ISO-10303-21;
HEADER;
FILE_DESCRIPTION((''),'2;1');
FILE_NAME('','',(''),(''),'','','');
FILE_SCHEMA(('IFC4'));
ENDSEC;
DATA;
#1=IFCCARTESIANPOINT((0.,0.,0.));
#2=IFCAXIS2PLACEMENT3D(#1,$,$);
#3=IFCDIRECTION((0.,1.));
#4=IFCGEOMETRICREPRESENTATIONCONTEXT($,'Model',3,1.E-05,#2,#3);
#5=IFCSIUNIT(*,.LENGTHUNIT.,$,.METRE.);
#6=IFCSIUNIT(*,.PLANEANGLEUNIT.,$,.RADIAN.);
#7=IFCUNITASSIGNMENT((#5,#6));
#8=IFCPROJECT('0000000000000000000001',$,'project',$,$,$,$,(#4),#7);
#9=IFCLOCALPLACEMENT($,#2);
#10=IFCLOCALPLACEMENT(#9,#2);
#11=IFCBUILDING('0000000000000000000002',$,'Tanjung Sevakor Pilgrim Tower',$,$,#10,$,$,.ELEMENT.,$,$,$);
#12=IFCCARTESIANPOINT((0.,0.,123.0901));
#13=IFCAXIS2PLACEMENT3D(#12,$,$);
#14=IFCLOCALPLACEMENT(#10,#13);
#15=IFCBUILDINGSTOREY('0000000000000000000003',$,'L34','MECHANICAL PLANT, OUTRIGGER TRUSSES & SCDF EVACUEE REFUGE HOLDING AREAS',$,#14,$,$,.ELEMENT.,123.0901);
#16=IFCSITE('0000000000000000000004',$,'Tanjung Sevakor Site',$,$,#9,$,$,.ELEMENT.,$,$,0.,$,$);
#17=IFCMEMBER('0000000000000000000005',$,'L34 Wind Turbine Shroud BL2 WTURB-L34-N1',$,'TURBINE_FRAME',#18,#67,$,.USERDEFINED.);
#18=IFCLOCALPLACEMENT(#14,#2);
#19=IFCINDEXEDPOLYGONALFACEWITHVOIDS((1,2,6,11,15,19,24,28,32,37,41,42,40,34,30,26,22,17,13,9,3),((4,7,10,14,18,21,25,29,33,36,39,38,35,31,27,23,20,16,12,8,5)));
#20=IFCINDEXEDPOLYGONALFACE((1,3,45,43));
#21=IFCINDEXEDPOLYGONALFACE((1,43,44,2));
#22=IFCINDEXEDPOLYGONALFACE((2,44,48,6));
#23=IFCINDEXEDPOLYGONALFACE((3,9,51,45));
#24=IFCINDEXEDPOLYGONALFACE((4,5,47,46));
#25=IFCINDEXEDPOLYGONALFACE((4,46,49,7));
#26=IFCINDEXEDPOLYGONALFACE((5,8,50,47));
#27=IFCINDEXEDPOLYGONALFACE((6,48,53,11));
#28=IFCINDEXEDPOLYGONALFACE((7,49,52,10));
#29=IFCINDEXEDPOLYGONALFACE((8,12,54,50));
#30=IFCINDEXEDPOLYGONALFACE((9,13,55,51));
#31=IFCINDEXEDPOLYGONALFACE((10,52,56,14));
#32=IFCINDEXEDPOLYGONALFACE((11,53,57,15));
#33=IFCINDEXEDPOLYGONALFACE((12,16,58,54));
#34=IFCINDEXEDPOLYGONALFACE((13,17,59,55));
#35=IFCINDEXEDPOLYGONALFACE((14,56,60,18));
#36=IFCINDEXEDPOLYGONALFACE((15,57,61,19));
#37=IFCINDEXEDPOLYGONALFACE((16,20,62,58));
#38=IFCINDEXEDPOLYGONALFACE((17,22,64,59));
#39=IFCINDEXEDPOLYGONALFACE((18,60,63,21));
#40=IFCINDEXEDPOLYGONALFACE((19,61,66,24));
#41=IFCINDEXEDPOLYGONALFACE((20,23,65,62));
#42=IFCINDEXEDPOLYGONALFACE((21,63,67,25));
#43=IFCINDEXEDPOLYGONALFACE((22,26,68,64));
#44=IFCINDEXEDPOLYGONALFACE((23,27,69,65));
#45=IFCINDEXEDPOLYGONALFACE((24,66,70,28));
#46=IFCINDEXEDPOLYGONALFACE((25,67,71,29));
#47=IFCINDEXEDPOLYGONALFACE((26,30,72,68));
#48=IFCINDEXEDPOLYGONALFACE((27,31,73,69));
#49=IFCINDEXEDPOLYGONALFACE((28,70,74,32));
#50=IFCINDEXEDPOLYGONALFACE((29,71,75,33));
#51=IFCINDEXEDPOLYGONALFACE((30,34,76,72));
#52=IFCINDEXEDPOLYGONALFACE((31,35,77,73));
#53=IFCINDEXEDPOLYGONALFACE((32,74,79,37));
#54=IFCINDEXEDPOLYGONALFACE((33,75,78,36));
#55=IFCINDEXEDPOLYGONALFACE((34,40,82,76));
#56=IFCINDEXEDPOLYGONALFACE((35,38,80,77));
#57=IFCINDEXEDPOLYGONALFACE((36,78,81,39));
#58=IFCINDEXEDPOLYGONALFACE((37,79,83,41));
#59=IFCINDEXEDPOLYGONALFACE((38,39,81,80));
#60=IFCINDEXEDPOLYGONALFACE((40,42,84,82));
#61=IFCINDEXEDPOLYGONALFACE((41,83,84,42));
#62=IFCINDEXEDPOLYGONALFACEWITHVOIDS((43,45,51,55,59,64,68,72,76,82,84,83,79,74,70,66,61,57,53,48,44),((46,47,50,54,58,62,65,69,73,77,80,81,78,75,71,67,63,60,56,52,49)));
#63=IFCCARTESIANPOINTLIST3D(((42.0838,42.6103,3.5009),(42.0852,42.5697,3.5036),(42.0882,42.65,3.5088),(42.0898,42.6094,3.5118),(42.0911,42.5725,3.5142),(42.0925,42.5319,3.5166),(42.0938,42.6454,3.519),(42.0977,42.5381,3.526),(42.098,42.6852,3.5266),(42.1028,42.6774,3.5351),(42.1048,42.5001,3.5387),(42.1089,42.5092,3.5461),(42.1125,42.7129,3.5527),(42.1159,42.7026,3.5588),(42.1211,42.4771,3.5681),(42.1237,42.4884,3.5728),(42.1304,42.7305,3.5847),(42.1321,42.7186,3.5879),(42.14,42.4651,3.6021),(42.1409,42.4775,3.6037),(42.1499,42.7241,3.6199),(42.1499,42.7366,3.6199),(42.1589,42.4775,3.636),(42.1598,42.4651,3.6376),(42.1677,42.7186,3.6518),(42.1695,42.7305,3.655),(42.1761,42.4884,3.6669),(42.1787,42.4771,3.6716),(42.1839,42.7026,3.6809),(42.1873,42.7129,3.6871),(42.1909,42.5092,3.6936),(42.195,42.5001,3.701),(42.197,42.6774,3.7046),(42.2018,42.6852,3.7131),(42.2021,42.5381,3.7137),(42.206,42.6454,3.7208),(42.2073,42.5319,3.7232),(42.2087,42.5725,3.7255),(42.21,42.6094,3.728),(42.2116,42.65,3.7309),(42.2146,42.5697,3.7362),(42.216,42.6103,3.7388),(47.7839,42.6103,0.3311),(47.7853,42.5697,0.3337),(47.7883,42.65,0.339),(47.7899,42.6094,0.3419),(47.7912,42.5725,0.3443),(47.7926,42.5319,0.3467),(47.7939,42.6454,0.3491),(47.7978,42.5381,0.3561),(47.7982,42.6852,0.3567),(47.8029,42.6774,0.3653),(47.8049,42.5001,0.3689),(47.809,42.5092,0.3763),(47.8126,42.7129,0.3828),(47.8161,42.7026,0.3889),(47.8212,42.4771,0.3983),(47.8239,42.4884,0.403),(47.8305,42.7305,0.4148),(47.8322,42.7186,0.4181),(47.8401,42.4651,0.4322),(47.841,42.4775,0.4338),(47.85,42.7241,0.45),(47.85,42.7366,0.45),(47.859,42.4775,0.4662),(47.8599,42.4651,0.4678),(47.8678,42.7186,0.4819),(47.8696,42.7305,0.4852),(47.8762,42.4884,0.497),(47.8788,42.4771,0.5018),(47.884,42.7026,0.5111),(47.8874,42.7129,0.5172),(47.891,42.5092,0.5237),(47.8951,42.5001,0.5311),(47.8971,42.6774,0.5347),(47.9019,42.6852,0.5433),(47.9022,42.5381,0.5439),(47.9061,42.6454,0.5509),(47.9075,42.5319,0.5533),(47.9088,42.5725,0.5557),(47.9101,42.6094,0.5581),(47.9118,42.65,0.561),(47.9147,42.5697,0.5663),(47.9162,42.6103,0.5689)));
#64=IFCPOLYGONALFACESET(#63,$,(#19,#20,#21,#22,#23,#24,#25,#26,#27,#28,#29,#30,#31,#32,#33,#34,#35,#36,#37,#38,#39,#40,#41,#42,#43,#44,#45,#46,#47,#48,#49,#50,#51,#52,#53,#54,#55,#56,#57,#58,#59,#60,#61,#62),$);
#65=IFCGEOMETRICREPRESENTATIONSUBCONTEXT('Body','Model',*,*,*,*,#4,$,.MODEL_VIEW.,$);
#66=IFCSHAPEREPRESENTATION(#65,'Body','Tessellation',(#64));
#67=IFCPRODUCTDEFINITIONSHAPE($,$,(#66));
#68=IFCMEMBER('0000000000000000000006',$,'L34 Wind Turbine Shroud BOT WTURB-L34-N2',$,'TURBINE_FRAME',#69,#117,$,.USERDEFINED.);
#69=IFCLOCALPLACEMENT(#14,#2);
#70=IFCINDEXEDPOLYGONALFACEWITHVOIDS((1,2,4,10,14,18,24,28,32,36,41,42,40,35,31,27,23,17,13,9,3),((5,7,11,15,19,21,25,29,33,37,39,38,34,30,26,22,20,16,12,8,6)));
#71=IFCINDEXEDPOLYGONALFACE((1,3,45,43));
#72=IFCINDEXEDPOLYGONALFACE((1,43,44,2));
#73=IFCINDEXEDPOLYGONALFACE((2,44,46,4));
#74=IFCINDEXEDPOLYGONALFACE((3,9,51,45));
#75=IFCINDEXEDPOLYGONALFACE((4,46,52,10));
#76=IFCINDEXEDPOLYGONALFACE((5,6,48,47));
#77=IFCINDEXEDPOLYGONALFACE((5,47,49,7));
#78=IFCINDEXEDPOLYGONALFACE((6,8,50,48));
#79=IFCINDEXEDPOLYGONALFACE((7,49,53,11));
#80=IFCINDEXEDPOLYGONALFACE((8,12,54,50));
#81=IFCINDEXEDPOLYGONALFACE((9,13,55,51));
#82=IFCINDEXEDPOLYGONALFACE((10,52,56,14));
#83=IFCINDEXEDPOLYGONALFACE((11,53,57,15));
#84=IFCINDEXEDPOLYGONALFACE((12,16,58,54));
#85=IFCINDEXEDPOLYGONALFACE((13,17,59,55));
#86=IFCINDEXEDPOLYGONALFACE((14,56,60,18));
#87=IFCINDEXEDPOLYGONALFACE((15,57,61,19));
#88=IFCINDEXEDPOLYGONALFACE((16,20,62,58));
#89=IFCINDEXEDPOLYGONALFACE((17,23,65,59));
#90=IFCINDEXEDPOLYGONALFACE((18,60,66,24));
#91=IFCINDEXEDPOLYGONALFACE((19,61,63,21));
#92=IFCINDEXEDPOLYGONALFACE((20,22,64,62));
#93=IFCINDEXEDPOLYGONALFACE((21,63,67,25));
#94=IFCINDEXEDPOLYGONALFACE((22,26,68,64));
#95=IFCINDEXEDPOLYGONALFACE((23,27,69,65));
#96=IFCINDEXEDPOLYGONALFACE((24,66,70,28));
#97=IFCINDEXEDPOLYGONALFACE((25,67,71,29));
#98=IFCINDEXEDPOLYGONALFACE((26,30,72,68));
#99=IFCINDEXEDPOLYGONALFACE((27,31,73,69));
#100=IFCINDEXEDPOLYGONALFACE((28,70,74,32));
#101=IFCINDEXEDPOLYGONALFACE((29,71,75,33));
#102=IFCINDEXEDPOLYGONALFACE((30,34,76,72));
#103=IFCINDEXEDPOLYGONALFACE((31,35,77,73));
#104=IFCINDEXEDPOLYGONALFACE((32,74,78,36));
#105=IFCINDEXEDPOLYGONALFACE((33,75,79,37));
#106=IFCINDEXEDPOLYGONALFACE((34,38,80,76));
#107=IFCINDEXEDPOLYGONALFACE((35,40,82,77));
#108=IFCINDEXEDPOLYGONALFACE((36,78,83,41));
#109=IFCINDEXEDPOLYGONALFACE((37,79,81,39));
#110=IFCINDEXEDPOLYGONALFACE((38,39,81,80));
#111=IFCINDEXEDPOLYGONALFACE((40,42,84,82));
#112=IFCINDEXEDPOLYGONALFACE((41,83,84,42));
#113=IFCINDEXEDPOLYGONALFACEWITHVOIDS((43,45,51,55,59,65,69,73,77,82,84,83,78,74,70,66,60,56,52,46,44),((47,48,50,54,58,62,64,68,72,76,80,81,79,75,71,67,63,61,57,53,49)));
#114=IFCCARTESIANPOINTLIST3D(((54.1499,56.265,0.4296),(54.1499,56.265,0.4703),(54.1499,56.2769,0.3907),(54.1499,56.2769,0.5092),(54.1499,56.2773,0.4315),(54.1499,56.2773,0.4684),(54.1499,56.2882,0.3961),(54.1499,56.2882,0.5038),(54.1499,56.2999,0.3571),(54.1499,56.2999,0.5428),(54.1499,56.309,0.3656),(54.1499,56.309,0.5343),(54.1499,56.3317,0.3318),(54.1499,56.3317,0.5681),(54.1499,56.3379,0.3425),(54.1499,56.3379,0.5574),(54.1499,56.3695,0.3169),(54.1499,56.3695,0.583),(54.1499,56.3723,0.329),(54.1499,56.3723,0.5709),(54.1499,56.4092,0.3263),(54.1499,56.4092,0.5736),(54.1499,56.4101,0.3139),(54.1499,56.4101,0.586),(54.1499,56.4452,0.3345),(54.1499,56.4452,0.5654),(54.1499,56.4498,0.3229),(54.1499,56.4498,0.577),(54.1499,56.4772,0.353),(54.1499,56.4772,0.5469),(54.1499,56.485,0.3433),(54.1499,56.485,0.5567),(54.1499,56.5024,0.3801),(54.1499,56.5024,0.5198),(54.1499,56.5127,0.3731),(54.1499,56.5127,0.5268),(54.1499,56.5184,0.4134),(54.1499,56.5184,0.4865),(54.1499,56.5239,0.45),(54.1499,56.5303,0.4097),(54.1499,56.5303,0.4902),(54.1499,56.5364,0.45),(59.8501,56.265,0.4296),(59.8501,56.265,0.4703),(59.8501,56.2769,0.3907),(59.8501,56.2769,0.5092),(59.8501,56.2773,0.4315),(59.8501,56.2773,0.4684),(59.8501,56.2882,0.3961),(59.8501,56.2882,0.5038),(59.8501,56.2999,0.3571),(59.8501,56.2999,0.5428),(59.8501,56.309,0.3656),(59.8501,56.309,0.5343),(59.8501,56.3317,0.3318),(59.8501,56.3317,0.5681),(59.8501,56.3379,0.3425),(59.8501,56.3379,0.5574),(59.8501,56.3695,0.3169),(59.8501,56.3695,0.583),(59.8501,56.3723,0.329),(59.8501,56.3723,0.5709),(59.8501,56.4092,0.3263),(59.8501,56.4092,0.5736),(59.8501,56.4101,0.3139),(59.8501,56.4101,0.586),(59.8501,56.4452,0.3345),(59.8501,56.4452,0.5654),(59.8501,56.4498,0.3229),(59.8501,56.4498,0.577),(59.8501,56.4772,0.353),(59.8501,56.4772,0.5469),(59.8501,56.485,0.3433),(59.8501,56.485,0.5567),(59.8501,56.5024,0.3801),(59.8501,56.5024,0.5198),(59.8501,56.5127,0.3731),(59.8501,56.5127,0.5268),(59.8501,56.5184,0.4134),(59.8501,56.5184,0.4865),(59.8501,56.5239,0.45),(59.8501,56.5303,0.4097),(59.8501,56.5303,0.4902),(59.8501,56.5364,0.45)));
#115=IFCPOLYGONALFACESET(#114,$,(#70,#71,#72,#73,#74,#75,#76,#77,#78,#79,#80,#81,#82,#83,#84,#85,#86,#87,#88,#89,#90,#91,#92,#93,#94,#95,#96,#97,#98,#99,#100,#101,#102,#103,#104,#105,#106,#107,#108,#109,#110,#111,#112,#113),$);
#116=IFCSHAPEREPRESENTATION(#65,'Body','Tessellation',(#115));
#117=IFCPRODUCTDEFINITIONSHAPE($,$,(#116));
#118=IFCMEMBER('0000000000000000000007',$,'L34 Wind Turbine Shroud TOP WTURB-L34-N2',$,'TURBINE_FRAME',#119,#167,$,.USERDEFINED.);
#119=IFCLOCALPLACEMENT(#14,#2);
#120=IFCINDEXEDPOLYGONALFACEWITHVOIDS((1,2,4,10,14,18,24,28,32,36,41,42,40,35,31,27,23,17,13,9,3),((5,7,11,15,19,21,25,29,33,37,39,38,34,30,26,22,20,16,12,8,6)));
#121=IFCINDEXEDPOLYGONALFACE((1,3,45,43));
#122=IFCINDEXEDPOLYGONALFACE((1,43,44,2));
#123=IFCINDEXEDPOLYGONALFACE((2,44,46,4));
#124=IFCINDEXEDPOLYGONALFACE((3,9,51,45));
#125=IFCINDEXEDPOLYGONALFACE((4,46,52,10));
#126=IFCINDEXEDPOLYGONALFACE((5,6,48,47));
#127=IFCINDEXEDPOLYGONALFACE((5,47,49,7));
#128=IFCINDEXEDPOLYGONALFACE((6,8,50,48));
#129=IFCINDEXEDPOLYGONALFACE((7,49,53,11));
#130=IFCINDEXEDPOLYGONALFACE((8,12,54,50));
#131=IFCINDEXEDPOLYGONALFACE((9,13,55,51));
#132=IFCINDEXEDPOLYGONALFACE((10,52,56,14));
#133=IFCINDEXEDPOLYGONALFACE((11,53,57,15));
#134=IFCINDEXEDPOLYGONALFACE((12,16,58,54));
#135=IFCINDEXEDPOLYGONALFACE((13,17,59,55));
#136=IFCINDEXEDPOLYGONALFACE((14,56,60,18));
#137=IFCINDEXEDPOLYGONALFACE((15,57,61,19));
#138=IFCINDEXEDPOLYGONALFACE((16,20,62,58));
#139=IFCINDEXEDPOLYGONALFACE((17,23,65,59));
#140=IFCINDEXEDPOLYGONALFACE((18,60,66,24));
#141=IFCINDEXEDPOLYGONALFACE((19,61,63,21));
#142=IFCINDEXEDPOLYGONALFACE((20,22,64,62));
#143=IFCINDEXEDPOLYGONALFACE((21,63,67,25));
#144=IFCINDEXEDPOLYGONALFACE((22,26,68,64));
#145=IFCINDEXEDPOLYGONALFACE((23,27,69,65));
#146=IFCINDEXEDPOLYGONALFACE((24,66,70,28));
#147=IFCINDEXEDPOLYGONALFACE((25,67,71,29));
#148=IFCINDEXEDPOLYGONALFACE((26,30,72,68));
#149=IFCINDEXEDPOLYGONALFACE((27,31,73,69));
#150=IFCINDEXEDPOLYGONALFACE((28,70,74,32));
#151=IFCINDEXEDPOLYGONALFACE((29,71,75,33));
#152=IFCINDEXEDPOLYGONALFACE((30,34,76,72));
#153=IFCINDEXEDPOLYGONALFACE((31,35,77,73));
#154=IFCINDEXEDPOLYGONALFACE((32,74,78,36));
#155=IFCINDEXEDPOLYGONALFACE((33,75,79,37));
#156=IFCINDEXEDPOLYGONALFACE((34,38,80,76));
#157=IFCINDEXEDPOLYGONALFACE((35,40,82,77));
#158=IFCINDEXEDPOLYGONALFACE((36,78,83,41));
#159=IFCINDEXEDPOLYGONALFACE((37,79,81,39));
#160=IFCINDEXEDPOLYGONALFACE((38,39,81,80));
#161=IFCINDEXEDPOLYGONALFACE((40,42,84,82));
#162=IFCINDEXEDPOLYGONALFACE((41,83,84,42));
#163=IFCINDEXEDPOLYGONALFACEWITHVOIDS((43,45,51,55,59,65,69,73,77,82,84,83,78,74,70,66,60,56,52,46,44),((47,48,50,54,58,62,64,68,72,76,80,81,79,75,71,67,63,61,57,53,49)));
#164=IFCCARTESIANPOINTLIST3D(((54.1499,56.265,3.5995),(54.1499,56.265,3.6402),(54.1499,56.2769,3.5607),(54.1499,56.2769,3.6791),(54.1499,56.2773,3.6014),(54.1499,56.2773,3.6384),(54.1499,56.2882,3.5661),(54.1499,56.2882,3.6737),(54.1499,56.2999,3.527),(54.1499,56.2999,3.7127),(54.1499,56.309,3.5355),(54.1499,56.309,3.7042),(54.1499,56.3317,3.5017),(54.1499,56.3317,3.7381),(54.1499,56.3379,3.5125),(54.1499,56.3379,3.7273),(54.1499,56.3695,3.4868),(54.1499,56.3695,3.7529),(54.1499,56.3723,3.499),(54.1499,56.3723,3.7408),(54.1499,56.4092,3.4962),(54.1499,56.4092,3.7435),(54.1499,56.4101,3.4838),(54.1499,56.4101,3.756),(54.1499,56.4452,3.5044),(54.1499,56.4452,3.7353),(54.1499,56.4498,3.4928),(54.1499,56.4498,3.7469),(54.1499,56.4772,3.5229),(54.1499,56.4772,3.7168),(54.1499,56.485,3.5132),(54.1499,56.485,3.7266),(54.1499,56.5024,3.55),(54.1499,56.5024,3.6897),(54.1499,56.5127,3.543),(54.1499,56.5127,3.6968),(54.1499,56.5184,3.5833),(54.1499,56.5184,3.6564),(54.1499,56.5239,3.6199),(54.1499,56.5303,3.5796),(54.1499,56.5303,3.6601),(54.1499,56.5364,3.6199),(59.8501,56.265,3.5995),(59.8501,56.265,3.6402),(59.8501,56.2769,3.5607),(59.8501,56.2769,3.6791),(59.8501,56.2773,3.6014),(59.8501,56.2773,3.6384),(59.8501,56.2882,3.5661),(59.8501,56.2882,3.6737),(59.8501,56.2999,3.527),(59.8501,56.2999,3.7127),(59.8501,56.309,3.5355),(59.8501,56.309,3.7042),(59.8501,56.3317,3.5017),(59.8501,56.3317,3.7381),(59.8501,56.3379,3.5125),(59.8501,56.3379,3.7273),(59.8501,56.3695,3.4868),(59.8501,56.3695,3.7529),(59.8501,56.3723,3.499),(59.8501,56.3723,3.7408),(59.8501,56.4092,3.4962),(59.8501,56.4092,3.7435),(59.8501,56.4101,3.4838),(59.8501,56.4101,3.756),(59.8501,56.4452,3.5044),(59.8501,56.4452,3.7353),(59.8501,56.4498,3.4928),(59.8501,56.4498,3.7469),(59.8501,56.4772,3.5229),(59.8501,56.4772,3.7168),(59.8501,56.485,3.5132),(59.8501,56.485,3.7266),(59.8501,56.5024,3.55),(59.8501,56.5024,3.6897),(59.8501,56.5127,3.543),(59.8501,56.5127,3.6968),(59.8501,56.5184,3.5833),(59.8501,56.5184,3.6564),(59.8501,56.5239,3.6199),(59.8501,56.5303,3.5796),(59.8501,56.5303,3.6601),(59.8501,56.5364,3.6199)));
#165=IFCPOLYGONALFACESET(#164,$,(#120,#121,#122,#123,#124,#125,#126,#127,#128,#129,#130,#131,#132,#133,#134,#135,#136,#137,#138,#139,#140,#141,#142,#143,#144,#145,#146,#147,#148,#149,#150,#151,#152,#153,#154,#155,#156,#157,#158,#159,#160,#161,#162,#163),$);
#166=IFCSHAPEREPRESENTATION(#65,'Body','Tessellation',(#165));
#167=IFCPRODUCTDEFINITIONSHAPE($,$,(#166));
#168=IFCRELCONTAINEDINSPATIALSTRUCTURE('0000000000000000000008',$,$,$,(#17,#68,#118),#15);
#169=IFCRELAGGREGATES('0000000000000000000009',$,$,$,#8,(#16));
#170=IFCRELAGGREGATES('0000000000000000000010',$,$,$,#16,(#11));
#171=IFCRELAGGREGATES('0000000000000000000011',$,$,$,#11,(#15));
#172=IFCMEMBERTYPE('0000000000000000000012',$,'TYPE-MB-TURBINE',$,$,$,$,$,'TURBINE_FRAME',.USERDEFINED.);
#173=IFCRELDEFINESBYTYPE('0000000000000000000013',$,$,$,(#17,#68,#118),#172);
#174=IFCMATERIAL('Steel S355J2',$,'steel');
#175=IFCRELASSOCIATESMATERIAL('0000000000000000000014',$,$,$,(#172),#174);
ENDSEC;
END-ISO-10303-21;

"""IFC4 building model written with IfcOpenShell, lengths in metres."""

from ifc_helpers import new_model, si_unit, direction, frame, origin, origin_2d, place, context, subcontext, project, spatial, hollow_circle, extrude, material, material_profile, profile_set, type_object, element, save


model = new_model("IFC4")

# Units and contexts
model_context = context("Model", 3, precision=1e-05, world=origin(), true_north=direction((0.0, 1.0)))
body_context = subcontext(model_context, "Body", "Model", "MODEL_VIEW")
ifc_project = project(units=[si_unit("LENGTHUNIT", "METRE"), si_unit("PLANEANGLEUNIT", "RADIAN")], contexts=[model_context])

# Site, building, storey
site_placement = place(None, origin())
site = spatial("IfcSite", under=ifc_project, at=site_placement, Name="Tanjung Sevakor Site", CompositionType="ELEMENT", RefElevation=0.0)
building_placement = place(site_placement, origin())
building = spatial("IfcBuilding", under=site, at=building_placement, Name="Tanjung Sevakor Pilgrim Tower", CompositionType="ELEMENT")
storey_placement = place(building_placement, frame((0.0, 0.0, 123.0901)))
storey = spatial("IfcBuildingStorey", under=building, at=storey_placement, Name="L34", Description="MECHANICAL PLANT, OUTRIGGER TRUSSES & SCDF EVACUEE REFUGE HOLDING AREAS", CompositionType="ELEMENT", Elevation=123.0901)

# Members
ifc_material_1 = material(Name="Steel S355J2", Category="steel")
ifc_material_profile_1 = material_profile(ifc_material_1, hollow_circle(Radius=0.1365, WallThickness=0.0125, at=origin_2d()))
ifc_profile_set_1 = profile_set([ifc_material_profile_1], Name="Steel S355J2")
member_type = type_object("IfcMemberType", Name="TYPE-MB-TURBINE", ElementType="TURBINE_FRAME", PredefinedType="USERDEFINED", material=ifc_profile_set_1)
for number, where, z_axis, x_axis, name in (
    (1, (42.1499, 42.6001, 3.6199), (0.873952, 0.0, -0.486012), (0.0, 1.0, 0.0), "L34 Wind Turbine Shroud BL2 WTURB-L34-N1"),
):
    element("IfcMember", number, at=place(storey_placement, frame(where, z_axis=z_axis, x_axis=x_axis)), inside=storey, type_object=member_type, Name=name, ObjectType="TURBINE_FRAME", PredefinedType="USERDEFINED", context=body_context, shape_type="SweptSolid", body=[
        extrude(hollow_circle(Radius=0.1365, WallThickness=0.0125, at=origin_2d()), origin(), (0.0, 0.0, 1.0), 6.5222),
    ])
for number, where, z_axis, x_axis, name in (
    (2, (54.1499, 56.3999, 0.45), (1.0, 0.0, 0.0), (0.0, 1.0, 0.0), "L34 Wind Turbine Shroud BOT WTURB-L34-N2"),
    (3, (54.1499, 56.3999, 3.6199), (1.0, 0.0, 0.0), (0.0, 1.0, 0.0), "L34 Wind Turbine Shroud TOP WTURB-L34-N2"),
):
    element("IfcMember", number, at=place(storey_placement, frame(where, z_axis=z_axis, x_axis=x_axis)), inside=storey, type_object=member_type, Name=name, ObjectType="TURBINE_FRAME", PredefinedType="USERDEFINED", context=body_context, shape_type="SweptSolid", body=[
        extrude(hollow_circle(Radius=0.1365, WallThickness=0.0125, at=origin_2d()), origin(), (0.0, 0.0, 1.0), 5.7002),
    ])

save(model, "model.ifc")
